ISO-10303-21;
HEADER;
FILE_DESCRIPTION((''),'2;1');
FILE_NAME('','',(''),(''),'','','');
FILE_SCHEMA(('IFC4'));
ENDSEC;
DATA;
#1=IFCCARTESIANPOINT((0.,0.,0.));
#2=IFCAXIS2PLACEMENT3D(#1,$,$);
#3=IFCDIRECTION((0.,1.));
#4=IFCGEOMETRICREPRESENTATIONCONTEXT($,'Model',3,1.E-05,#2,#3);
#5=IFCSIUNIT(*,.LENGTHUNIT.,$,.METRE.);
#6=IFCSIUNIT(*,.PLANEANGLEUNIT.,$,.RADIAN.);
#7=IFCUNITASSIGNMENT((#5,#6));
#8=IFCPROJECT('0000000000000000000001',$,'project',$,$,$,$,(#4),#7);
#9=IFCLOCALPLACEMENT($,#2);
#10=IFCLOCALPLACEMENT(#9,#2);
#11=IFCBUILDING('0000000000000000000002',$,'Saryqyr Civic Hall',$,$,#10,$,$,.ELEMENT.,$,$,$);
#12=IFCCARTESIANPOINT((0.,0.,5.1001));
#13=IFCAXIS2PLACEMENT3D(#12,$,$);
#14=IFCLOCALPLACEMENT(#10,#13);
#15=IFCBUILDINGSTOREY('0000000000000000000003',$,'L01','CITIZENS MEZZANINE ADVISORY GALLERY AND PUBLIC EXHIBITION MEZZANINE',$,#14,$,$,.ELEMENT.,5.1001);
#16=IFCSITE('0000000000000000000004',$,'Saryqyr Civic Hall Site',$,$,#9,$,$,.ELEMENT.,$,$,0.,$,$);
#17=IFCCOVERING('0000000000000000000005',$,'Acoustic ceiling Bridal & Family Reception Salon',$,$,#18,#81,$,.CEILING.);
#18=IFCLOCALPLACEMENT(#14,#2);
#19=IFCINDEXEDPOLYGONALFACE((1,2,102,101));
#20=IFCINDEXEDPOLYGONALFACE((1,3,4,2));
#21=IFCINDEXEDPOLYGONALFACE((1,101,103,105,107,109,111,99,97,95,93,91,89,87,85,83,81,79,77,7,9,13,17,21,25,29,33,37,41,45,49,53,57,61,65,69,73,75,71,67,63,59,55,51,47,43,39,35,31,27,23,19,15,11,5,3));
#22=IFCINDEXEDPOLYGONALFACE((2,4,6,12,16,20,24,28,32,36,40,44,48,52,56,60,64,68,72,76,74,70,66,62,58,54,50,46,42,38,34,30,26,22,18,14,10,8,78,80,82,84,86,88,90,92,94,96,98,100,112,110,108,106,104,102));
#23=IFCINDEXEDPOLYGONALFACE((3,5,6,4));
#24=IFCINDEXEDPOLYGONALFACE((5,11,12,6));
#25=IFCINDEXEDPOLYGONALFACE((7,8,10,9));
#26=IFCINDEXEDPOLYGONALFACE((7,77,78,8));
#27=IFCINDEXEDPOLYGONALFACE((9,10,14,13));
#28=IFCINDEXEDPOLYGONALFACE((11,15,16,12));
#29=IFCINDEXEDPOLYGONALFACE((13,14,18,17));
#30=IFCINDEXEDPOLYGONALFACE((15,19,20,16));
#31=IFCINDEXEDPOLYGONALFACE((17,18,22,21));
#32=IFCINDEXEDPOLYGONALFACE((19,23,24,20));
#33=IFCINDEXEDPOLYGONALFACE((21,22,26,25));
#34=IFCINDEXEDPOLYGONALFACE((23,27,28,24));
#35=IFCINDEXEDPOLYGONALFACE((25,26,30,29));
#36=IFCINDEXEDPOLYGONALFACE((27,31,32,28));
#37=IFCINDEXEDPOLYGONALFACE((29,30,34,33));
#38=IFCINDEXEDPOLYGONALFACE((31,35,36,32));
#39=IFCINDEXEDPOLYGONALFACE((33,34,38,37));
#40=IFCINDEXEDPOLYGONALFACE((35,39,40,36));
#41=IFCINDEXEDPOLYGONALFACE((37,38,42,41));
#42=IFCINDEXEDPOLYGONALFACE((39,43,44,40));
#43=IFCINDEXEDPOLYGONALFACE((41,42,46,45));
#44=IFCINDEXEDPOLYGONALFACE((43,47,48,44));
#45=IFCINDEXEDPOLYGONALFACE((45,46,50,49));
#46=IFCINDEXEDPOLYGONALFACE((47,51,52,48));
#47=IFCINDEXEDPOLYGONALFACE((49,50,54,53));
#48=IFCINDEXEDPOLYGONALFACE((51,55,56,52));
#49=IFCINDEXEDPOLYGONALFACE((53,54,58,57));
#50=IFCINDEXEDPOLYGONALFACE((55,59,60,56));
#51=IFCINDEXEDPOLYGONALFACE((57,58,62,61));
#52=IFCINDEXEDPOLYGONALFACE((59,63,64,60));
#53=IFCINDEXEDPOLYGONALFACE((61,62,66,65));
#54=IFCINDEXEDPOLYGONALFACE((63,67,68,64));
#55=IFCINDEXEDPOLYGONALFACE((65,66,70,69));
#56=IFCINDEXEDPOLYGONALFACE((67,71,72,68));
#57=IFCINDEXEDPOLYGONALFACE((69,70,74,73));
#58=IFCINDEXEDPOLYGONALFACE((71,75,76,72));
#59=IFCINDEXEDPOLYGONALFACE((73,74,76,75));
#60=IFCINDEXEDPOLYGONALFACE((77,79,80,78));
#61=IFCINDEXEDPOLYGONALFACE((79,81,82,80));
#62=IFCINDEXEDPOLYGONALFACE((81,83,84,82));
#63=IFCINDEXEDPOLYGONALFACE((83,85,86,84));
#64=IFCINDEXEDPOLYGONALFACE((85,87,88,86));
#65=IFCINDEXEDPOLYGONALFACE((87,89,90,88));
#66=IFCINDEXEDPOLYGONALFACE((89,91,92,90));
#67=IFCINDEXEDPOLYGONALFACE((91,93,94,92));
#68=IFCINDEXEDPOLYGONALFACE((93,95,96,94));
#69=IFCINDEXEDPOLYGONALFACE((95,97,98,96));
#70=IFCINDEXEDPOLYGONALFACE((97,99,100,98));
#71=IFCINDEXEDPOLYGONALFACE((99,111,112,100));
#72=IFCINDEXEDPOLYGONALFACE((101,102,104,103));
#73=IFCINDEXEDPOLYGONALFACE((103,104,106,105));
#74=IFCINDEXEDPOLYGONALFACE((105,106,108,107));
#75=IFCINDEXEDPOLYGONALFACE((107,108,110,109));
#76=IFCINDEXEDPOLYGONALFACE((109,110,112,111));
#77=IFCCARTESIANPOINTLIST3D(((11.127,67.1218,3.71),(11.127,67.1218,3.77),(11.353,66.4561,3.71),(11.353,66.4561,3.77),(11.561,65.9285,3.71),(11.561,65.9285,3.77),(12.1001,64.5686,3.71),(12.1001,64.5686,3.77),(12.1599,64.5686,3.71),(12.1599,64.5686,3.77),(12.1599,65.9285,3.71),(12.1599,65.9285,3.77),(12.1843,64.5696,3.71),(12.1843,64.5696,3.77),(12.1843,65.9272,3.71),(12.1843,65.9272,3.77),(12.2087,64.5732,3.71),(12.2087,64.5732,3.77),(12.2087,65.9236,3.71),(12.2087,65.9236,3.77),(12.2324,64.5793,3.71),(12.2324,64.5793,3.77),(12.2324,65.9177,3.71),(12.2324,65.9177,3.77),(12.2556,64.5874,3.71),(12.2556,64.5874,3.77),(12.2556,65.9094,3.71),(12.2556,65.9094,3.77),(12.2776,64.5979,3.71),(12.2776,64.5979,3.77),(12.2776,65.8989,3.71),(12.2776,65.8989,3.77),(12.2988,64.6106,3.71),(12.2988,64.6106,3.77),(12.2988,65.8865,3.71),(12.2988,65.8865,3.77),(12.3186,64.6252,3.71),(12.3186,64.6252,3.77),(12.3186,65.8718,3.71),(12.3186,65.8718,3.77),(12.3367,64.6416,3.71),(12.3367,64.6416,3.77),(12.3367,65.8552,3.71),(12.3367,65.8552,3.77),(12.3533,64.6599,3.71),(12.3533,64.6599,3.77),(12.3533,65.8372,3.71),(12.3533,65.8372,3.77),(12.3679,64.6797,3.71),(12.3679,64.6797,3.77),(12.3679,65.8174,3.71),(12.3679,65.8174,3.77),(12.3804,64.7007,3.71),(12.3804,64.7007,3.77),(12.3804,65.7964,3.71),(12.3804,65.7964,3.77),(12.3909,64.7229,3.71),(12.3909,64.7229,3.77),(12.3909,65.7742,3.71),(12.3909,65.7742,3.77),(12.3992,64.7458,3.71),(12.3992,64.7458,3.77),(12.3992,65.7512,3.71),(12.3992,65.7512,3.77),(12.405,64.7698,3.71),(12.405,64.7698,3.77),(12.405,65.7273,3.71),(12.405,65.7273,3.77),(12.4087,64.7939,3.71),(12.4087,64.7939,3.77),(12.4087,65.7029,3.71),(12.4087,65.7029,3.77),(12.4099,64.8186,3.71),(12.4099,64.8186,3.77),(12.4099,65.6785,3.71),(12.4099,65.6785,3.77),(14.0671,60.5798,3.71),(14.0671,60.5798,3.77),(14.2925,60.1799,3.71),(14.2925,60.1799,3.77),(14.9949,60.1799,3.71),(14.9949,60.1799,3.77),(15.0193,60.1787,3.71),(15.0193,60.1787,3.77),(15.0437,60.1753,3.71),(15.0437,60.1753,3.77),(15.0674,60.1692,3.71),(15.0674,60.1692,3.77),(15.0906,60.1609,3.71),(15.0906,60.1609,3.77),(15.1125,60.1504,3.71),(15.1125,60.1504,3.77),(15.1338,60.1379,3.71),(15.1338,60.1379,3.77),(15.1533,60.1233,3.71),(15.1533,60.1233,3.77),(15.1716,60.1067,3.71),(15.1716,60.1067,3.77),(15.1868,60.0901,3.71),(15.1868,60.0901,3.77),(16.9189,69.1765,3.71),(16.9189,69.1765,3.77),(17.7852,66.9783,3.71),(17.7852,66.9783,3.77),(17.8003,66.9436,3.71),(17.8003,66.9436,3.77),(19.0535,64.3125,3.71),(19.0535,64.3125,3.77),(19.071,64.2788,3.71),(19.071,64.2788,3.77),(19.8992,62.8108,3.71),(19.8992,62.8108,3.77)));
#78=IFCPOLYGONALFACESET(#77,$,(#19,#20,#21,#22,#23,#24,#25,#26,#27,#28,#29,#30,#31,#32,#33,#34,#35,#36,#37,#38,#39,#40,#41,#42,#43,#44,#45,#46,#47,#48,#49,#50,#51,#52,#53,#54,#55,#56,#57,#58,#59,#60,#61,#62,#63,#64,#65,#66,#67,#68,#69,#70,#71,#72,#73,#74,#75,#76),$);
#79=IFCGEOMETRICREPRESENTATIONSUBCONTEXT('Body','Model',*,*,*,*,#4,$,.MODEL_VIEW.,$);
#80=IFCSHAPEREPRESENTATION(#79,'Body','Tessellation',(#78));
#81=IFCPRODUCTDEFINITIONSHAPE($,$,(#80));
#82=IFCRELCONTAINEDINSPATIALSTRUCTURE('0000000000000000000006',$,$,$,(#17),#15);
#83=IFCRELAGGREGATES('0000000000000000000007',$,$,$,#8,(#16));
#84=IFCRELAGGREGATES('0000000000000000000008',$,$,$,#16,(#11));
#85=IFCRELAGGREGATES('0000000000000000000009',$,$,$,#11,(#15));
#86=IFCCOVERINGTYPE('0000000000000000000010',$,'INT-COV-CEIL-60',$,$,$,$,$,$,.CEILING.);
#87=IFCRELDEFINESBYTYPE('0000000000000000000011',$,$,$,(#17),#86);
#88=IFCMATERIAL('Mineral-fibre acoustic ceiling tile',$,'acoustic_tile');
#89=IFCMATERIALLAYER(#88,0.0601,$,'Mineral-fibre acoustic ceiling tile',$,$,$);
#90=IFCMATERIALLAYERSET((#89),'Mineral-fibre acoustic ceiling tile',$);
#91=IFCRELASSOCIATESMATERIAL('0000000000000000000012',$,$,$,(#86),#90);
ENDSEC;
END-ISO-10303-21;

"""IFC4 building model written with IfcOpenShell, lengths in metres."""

from ifc_helpers import new_model, si_unit, direction, frame, origin, place, context, subcontext, project, spatial, polyline, outline, extrude, material, layer, layer_set, type_object, element, save


model = new_model("IFC4")

# Units and contexts
model_context = context("Model", 3, precision=1e-05, world=origin(), true_north=direction((0.0, 1.0)))
body_context = subcontext(model_context, "Body", "Model", "MODEL_VIEW")
ifc_project = project(units=[si_unit("LENGTHUNIT", "METRE"), si_unit("PLANEANGLEUNIT", "RADIAN")], contexts=[model_context])

# Site, building, storey
site_placement = place(None, origin())
site = spatial("IfcSite", under=ifc_project, at=site_placement, Name="Saryqyr Civic Hall Site", CompositionType="ELEMENT", RefElevation=0.0)
building_placement = place(site_placement, origin())
building = spatial("IfcBuilding", under=site, at=building_placement, Name="Saryqyr Civic Hall", CompositionType="ELEMENT")
storey_placement = place(building_placement, frame((0.0, 0.0, 5.1001)))
storey = spatial("IfcBuildingStorey", under=building, at=storey_placement, Name="L01", Description="CITIZENS MEZZANINE ADVISORY GALLERY AND PUBLIC EXHIBITION MEZZANINE", CompositionType="ELEMENT", Elevation=5.1001)

# Covering
ifc_material_1 = material(Name="Mineral-fibre acoustic ceiling tile", Category="acoustic_tile")
ifc_layer_1 = layer(ifc_material_1, 0.0601, Name="Mineral-fibre acoustic ceiling tile")
ifc_layer_set_1 = layer_set([ifc_layer_1], Name="Mineral-fibre acoustic ceiling tile")
covering_type = type_object("IfcCoveringType", Name="INT-COV-CEIL-60", PredefinedType="CEILING", material=ifc_layer_set_1)
covering_1_placement = place(storey_placement, frame((0.0, 0.0, 3.71)))
element("IfcCovering", 1, at=covering_1_placement, inside=storey, type_object=covering_type, Name="Acoustic ceiling Bridal & Family Reception Salon", PredefinedType="CEILING", context=body_context, shape_type="SweptSolid", body=[
    extrude(outline(polyline([(17.8003, 66.9436), (19.0535, 64.3125), (19.071, 64.2788), (19.8992, 62.8108), (15.1868, 60.0901), (15.1716, 60.1067), (15.1533, 60.1233), (15.1338, 60.1379), (15.1125, 60.1504), (15.0906, 60.1609), (15.0674, 60.1692), (15.0437, 60.1753), (15.0193, 60.1787), (14.9949, 60.1799), (14.2925, 60.1799), (14.0671, 60.5798), (12.1001, 64.5686), (12.1599, 64.5686), (12.1843, 64.5696), (12.2087, 64.5732), (12.2324, 64.5793), (12.2556, 64.5874), (12.2776, 64.5979), (12.2988, 64.6106), (12.3186, 64.6252), (12.3367, 64.6416), (12.3533, 64.6599), (12.3679, 64.6797), (12.3804, 64.7007), (12.3909, 64.7229), (12.3992, 64.7458), (12.405, 64.7698), (12.4087, 64.7939), (12.4099, 64.8186), (12.4099, 65.6785), (12.4087, 65.7029), (12.405, 65.7273), (12.3992, 65.7512), (12.3909, 65.7742), (12.3804, 65.7964), (12.3679, 65.8174), (12.3533, 65.8372), (12.3367, 65.8552), (12.3186, 65.8718), (12.2988, 65.8865), (12.2776, 65.8989), (12.2556, 65.9094), (12.2324, 65.9177), (12.2087, 65.9236), (12.1843, 65.9272), (12.1599, 65.9285), (11.561, 65.9285), (11.353, 66.4561), (11.127, 67.1218), (16.9189, 69.1765), (17.7852, 66.9783), (17.8003, 66.9436)])), origin(), (0.0, 0.0, 1.0), 0.0601),
])

save(model, "model.ifc")
